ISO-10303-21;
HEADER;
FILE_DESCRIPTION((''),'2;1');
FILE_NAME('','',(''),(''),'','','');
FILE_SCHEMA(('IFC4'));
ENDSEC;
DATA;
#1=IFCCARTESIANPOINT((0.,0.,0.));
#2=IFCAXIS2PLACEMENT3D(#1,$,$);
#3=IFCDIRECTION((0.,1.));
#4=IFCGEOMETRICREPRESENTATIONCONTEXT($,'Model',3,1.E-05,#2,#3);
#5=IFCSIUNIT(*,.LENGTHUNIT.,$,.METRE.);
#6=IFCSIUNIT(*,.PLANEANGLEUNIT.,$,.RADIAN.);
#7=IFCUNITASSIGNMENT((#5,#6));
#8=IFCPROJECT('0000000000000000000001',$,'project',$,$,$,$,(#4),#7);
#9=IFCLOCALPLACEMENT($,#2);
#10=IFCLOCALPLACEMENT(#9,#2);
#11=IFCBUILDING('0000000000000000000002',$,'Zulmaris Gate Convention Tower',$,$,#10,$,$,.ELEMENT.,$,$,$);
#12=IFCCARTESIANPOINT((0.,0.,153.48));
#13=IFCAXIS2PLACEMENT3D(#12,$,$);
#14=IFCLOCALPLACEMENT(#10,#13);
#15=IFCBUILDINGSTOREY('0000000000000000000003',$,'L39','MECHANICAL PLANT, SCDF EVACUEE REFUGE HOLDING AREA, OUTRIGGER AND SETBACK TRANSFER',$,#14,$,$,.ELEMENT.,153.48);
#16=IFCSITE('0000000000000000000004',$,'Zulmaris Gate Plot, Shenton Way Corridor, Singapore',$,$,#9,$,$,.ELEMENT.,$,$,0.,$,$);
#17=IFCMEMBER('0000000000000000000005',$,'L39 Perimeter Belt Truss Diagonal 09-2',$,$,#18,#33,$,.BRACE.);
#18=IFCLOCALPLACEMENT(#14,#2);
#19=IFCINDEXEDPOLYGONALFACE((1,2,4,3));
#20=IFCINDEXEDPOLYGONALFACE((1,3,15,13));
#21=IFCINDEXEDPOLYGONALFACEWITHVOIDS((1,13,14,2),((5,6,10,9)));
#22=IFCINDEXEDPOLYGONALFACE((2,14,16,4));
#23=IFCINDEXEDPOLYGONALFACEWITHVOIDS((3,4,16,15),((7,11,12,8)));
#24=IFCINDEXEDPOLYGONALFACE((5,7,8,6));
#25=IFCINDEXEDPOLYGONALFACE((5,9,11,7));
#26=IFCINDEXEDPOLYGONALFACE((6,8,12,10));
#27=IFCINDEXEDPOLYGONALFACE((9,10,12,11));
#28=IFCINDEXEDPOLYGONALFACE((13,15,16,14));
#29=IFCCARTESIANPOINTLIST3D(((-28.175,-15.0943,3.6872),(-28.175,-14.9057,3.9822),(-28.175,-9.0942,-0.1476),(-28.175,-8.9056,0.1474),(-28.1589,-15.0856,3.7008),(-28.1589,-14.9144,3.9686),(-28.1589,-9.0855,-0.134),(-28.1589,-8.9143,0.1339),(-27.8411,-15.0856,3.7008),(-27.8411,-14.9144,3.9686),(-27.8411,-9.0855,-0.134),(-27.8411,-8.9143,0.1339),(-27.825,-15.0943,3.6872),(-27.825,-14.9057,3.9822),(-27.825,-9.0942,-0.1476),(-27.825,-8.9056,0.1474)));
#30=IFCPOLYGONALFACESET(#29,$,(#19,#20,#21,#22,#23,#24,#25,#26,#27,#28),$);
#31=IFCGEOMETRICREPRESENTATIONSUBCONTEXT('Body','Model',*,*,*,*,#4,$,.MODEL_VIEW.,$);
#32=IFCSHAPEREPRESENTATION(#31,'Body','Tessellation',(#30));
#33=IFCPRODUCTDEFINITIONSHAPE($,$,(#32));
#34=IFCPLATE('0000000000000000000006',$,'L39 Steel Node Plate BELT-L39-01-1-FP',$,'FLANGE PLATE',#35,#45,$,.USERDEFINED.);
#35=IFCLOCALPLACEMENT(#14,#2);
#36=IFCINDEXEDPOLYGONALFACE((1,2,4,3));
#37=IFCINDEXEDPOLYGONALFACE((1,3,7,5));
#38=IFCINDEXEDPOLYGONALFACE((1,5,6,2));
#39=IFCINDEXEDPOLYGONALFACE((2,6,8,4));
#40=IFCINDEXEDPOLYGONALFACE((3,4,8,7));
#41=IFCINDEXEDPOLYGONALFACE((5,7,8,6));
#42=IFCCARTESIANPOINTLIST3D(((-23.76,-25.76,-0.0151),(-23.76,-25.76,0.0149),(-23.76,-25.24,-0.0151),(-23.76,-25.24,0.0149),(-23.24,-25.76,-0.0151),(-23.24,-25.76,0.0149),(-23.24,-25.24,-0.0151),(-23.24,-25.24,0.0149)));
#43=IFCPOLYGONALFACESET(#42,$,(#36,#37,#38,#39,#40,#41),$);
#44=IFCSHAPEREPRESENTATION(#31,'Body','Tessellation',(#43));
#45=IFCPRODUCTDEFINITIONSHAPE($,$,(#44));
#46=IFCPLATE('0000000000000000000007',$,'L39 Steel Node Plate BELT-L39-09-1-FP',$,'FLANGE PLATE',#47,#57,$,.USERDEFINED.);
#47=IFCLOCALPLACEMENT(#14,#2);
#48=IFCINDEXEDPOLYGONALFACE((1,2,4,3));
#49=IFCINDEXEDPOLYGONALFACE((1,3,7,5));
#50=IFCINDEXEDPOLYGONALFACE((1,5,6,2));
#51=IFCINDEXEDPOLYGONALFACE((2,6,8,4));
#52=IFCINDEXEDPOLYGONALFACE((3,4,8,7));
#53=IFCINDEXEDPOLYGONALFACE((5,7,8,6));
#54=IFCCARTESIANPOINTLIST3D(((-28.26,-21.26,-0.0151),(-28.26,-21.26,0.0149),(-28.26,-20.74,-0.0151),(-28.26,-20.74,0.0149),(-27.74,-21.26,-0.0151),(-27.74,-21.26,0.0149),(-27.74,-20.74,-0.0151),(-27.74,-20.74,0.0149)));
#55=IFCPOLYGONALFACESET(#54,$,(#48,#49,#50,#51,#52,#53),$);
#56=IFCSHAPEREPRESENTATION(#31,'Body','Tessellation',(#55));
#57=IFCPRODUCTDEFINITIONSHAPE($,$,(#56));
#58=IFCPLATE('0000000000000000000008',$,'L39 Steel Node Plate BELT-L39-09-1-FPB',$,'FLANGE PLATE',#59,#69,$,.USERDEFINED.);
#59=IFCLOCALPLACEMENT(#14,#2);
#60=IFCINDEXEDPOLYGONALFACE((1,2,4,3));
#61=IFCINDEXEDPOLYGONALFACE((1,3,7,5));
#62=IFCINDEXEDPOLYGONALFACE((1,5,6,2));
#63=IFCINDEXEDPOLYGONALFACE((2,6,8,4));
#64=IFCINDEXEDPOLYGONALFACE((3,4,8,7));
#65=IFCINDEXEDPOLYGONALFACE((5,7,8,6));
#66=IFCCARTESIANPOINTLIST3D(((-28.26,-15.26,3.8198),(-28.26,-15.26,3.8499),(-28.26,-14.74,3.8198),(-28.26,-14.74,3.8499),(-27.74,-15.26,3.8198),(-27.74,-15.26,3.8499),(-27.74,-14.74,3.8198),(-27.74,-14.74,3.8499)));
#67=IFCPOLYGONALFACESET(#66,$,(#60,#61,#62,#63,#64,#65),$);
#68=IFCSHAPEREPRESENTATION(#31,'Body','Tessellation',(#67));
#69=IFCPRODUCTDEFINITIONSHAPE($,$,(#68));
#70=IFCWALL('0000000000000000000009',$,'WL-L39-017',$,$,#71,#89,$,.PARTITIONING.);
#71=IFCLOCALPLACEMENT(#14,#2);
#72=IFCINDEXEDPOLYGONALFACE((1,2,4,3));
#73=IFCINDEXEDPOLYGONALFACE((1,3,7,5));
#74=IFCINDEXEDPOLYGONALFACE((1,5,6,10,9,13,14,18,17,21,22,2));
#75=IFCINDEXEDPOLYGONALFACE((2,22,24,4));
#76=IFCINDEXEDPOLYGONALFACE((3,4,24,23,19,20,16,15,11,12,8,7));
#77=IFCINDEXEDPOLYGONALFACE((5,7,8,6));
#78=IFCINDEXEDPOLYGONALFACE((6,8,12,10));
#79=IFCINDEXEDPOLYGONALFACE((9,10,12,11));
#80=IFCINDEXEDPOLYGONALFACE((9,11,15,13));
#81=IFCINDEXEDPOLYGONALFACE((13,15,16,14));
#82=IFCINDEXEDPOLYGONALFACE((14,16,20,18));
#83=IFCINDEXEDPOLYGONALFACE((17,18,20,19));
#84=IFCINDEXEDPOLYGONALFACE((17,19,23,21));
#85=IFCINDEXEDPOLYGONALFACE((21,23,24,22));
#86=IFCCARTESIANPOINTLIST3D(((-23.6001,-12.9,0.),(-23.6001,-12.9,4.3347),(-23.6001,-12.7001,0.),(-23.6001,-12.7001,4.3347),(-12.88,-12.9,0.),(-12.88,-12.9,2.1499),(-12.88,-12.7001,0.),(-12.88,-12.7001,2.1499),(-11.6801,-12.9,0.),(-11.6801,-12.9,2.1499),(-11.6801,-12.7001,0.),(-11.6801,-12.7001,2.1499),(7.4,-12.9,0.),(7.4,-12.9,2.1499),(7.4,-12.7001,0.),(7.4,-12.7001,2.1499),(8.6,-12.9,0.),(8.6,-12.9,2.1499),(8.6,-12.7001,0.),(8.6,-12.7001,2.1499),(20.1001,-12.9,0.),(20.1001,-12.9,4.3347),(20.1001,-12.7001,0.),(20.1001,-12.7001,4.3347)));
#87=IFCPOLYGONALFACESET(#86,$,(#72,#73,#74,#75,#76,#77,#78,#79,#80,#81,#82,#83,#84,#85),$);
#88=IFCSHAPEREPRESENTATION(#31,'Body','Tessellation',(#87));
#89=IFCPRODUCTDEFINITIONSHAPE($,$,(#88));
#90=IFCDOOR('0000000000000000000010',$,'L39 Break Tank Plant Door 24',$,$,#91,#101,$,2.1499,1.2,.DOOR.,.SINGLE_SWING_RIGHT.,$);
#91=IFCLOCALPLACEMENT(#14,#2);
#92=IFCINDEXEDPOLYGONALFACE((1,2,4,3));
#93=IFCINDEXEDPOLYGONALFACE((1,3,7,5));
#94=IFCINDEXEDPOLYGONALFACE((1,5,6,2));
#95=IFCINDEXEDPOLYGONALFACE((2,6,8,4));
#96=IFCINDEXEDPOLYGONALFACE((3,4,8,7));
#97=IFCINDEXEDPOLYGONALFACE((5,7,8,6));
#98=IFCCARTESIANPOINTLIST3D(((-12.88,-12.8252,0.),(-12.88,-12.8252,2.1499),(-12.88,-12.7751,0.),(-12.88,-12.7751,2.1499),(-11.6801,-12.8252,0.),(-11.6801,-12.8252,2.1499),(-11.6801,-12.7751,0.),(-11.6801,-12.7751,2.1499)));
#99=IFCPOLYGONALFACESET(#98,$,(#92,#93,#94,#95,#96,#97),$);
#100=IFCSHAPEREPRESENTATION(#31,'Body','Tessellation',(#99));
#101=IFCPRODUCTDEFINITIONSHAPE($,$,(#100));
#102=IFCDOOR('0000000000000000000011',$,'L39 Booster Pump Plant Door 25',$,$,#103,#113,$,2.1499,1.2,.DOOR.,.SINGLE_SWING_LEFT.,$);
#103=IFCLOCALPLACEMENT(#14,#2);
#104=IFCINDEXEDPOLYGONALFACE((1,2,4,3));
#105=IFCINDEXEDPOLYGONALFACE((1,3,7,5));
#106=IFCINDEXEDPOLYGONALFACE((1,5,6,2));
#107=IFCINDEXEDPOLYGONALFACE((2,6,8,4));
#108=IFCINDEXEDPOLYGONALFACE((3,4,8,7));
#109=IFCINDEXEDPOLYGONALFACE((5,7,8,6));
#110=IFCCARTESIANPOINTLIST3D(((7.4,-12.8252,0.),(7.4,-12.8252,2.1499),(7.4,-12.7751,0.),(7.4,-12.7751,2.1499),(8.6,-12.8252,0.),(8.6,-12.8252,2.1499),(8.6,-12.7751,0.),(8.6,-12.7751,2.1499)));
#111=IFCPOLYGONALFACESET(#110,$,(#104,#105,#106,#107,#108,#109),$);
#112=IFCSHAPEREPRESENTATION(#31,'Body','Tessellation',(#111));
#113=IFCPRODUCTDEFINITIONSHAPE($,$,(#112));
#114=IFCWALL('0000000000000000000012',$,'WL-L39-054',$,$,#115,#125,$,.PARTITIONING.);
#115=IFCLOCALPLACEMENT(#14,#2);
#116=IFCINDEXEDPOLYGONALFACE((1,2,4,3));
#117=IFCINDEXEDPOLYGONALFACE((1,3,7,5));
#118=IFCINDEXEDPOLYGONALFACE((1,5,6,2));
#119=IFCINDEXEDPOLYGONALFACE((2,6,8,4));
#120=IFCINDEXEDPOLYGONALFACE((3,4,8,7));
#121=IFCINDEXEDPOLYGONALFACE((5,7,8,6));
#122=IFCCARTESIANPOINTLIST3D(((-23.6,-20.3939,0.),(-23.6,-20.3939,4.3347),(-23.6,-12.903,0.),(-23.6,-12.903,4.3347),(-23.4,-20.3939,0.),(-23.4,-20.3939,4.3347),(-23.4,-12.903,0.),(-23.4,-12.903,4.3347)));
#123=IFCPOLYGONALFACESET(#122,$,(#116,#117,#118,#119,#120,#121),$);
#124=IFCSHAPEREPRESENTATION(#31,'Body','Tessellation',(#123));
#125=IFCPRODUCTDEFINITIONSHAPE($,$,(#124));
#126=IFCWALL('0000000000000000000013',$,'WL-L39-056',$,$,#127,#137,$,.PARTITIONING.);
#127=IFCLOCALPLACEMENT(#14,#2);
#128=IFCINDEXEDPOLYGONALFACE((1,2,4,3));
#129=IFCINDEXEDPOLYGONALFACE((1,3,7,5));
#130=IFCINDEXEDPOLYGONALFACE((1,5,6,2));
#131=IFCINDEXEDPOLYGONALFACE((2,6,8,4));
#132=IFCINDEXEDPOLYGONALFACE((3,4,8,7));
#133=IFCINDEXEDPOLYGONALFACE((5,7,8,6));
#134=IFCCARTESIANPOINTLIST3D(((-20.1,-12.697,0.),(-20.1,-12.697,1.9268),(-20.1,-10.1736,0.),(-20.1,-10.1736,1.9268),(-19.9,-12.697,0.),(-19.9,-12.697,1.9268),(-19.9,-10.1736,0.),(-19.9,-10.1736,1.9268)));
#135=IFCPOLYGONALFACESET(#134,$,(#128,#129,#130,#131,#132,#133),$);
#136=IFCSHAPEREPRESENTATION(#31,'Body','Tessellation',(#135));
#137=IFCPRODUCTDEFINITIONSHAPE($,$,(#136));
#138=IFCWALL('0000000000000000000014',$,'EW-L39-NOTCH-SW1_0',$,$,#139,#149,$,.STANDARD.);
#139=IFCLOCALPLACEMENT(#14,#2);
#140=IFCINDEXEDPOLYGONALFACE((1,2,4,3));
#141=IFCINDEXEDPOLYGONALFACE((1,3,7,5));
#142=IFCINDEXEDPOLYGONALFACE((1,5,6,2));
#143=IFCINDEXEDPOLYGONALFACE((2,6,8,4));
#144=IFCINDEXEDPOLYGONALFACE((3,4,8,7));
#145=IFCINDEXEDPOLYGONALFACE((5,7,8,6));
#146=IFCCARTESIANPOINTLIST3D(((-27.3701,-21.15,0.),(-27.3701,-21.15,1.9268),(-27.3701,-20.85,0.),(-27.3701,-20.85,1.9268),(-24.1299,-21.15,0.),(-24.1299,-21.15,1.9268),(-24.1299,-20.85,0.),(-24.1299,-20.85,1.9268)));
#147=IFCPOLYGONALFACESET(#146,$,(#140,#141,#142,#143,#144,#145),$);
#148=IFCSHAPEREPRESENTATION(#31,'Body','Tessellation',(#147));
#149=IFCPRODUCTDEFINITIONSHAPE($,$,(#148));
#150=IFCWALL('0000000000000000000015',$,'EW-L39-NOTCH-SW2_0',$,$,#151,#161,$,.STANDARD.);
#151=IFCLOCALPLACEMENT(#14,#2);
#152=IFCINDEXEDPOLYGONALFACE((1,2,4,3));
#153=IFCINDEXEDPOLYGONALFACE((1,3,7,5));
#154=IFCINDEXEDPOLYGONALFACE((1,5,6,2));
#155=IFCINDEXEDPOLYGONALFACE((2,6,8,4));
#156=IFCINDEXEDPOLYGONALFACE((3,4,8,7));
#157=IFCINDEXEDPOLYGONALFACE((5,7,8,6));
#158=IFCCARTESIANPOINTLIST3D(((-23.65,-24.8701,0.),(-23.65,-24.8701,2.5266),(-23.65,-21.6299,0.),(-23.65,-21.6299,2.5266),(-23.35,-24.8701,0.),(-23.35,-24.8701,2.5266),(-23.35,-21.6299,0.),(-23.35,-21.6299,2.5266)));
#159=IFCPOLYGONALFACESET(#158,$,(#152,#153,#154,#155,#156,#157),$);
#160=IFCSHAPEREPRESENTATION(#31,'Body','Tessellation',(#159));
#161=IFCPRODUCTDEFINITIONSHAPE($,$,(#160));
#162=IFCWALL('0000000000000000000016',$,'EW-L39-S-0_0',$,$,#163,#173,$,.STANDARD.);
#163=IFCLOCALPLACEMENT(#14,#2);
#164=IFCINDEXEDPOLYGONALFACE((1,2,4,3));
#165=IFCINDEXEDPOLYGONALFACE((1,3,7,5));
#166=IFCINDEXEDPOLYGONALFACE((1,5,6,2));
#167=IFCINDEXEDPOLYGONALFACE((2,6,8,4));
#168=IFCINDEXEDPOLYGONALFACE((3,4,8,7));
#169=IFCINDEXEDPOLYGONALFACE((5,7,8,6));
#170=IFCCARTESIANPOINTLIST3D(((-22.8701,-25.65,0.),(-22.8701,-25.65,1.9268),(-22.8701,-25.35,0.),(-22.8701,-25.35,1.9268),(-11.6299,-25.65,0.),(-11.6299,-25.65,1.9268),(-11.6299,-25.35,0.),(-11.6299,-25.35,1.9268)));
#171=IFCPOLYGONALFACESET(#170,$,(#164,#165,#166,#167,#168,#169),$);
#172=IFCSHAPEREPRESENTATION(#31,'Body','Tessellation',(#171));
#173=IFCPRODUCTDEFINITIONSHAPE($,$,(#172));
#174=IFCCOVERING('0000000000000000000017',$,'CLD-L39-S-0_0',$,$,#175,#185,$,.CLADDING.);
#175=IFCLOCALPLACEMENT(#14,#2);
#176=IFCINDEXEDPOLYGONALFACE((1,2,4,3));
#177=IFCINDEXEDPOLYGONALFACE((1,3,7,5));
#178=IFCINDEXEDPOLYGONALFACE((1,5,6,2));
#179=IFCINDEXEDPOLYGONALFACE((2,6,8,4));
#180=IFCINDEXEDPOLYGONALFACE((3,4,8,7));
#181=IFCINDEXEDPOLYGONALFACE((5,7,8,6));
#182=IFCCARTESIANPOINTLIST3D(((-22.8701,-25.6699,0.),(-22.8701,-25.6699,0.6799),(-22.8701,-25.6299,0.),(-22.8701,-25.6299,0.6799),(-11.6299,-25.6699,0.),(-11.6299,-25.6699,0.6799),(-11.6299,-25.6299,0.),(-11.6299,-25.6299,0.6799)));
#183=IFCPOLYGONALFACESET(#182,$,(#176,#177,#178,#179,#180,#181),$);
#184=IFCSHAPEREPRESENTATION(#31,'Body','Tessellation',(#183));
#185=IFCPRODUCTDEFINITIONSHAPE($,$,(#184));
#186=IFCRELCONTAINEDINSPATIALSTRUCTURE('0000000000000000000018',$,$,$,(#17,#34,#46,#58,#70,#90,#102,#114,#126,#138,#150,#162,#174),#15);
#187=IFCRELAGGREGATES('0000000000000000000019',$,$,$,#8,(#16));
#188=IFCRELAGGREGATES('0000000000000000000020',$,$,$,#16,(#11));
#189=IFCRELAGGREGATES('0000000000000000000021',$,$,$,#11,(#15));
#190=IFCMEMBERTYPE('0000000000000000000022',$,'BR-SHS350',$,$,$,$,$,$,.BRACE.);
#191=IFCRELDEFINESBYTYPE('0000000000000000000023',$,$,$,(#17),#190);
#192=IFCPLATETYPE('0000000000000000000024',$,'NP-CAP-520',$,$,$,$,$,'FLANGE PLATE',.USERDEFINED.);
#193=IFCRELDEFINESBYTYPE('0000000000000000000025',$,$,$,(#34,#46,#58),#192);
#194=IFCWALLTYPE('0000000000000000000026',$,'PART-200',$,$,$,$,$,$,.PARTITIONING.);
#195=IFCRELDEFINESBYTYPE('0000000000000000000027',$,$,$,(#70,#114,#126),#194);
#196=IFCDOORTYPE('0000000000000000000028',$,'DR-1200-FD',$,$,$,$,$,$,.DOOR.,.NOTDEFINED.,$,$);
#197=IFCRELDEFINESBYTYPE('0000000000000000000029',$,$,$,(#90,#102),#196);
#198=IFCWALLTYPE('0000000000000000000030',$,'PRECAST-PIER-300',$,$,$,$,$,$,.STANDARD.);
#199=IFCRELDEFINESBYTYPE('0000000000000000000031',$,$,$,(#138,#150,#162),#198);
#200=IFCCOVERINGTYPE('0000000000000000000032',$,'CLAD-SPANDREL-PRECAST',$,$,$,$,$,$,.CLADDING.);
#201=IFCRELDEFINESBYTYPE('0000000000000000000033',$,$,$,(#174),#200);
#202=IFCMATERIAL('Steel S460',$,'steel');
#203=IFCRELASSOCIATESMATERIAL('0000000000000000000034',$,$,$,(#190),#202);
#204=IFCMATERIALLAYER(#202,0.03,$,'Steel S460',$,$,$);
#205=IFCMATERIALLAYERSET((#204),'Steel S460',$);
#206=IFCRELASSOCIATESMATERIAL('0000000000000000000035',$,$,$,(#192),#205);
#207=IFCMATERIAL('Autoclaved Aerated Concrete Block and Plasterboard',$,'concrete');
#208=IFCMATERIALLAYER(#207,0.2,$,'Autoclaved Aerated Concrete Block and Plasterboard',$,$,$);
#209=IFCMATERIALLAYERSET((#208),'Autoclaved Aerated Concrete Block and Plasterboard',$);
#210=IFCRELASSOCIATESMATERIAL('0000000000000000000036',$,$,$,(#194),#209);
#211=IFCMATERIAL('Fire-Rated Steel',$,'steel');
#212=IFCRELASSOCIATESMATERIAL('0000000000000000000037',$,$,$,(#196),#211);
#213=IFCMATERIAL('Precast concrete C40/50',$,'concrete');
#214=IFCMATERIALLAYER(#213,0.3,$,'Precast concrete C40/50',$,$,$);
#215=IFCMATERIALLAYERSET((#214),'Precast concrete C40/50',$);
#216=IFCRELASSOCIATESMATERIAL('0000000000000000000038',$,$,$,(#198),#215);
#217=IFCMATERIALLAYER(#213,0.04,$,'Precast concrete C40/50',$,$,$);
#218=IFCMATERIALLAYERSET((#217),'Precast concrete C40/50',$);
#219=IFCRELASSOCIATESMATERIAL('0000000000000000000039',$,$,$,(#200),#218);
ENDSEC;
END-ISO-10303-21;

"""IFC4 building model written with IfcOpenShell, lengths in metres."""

from ifc_helpers import new_model, si_unit, direction, frame, frame_2d, origin, origin_2d, place, context, subcontext, project, spatial, rectangle, hollow_rectangle, extrude, material, layer, layer_set, material_profile, profile_set, type_object, element, fill, save


model = new_model("IFC4")

# Units and contexts
model_context = context("Model", 3, precision=1e-05, world=origin(), true_north=direction((0.0, 1.0)))
body_context = subcontext(model_context, "Body", "Model", "MODEL_VIEW")
ifc_project = project(units=[si_unit("LENGTHUNIT", "METRE"), si_unit("PLANEANGLEUNIT", "RADIAN")], contexts=[model_context])

# Site, building, storey
site_placement = place(None, origin())
site = spatial("IfcSite", under=ifc_project, at=site_placement, Name="Zulmaris Gate Plot, Shenton Way Corridor, Singapore", CompositionType="ELEMENT", RefElevation=0.0)
building_placement = place(site_placement, origin())
building = spatial("IfcBuilding", under=site, at=building_placement, Name="Zulmaris Gate Convention Tower", CompositionType="ELEMENT")
storey_placement = place(building_placement, frame((0.0, 0.0, 153.48)))
storey = spatial("IfcBuildingStorey", under=building, at=storey_placement, Name="L39", Description="MECHANICAL PLANT, SCDF EVACUEE REFUGE HOLDING AREA, OUTRIGGER AND SETBACK TRANSFER", CompositionType="ELEMENT", Elevation=153.48)

# Member
ifc_material_1 = material(Name="Steel S460", Category="steel")
ifc_material_profile_1 = material_profile(ifc_material_1, hollow_rectangle(XDim=0.3501, YDim=0.3501, WallThickness=0.0161, at=origin_2d()), Name="SHS 350x350x16")
ifc_profile_set_1 = profile_set([ifc_material_profile_1], Name="Steel S460")
member_type = type_object("IfcMemberType", Name="BR-SHS350", PredefinedType="BRACE", material=ifc_profile_set_1)
for number, where, z_axis, x_axis, name in (
    (1, (-28.0, -15.0, 3.8347), (0.0, 0.842608, -0.538527), (-1.0, 0.0, 0.0), "L39 Perimeter Belt Truss Diagonal 09-2"),
):
    element("IfcMember", number, at=place(storey_placement, frame(where, z_axis=z_axis, x_axis=x_axis)), inside=storey, type_object=member_type, Name=name, PredefinedType="BRACE", context=body_context, shape_type="SweptSolid", body=[
        extrude(hollow_rectangle(XDim=0.3501, YDim=0.3501, WallThickness=0.0161, at=origin_2d()), origin(), (0.0, 0.0, 1.0), 7.1208),
    ])

# Plates
ifc_layer_1 = layer(ifc_material_1, 0.03, Name="Steel S460")
ifc_layer_set_1 = layer_set([ifc_layer_1], Name="Steel S460")
plate_type = type_object("IfcPlateType", Name="NP-CAP-520", ElementType="FLANGE PLATE", PredefinedType="USERDEFINED", material=ifc_layer_set_1)
for number, where, z_axis, x_axis, name in (
    (2, (-23.5, -25.5, -0.0151), (0.0, 0.0, 1.0), (1.0, 0.0, 0.0), "L39 Steel Node Plate BELT-L39-01-1-FP"),
    (3, (-28.0, -21.0, -0.0151), (0.0, 0.0, 1.0), (1.0, 0.0, 0.0), "L39 Steel Node Plate BELT-L39-09-1-FP"),
    (4, (-28.0, -15.0, 3.8198), (0.0, 0.0, 1.0), (1.0, 0.0, 0.0), "L39 Steel Node Plate BELT-L39-09-1-FPB"),
):
    element("IfcPlate", number, at=place(storey_placement, frame(where, z_axis=z_axis, x_axis=x_axis)), inside=storey, type_object=plate_type, Name=name, ObjectType="FLANGE PLATE", PredefinedType="USERDEFINED", context=body_context, shape_type="SweptSolid", body=[
        extrude(rectangle(XDim=0.52, YDim=0.52, at=origin_2d()), origin(), (0.0, 0.0, 1.0), 0.03),
    ])

# Wall, openings, doors
ifc_material_2 = material(Name="Autoclaved Aerated Concrete Block and Plasterboard", Category="concrete")
ifc_layer_2 = layer(ifc_material_2, 0.2, Name="Autoclaved Aerated Concrete Block and Plasterboard")
ifc_layer_set_2 = layer_set([ifc_layer_2], Name="Autoclaved Aerated Concrete Block and Plasterboard")
wall_type_1 = type_object("IfcWallType", Name="PART-200", PredefinedType="PARTITIONING", material=ifc_layer_set_2)
wall_1_placement = place(storey_placement, frame((-23.6001, -12.8, 0.0), z_axis=(0.0, 0.0, 1.0), x_axis=(1.0, 0.0, 0.0)))
wall_1 = element("IfcWall", 5, at=wall_1_placement, inside=storey, type_object=wall_type_1, Name="WL-L39-017", PredefinedType="PARTITIONING", context=body_context, shape_type="SweptSolid", body=[
    extrude(rectangle(XDim=43.7002, YDim=0.2, at=frame_2d((21.8501, 0.0))), origin(), (0.0, 0.0, 1.0), 4.3347),
])
opening_1_placement = place(wall_1_placement, frame((10.72, 0.0, 0.0)))
opening_1 = element("IfcOpeningElement", 6, at=opening_1_placement, cuts=wall_1, PredefinedType="OPENING", context=body_context, shape_type="SweptSolid", body=[
    extrude(rectangle(XDim=1.2, YDim=2.1499, at=frame_2d((0.6001, 1.075))), frame((0.0, 0.1099, 0.0), z_axis=(0.0, -1.0, 0.0), x_axis=(1.0, 0.0, 0.0)), (0.0, 0.0, 1.0), 0.22),
])
opening_2_placement = place(wall_1_placement, frame((31.0, 0.0, 0.0)))
opening_2 = element("IfcOpeningElement", 7, at=opening_2_placement, cuts=wall_1, PredefinedType="OPENING", context=body_context, shape_type="SweptSolid", body=[
    extrude(rectangle(XDim=1.2, YDim=2.1499, at=frame_2d((0.6001, 1.075))), frame((0.0, 0.1099, 0.0), z_axis=(0.0, -1.0, 0.0), x_axis=(1.0, 0.0, 0.0)), (0.0, 0.0, 1.0), 0.22),
])
ifc_material_3 = material(Name="Fire-Rated Steel", Category="steel")
door_type = type_object("IfcDoorType", Name="DR-1200-FD", OperationType="NOTDEFINED", PredefinedType="DOOR", material=ifc_material_3)
door_1_placement = place(opening_1_placement, origin())
door_1 = element("IfcDoor", 8, at=door_1_placement, inside=storey, type_object=door_type, Name="L39 Break Tank Plant Door 24", OperationType="SINGLE_SWING_RIGHT", OverallHeight=2.1499, OverallWidth=1.2, PredefinedType="DOOR", context=body_context, shape_type="SweptSolid", body=[
    extrude(rectangle(XDim=1.2, YDim=2.1499, at=frame_2d((0.6001, 1.075))), frame((0.0, 0.0249, 0.0), z_axis=(0.0, -1.0, 0.0), x_axis=(1.0, 0.0, 0.0)), (0.0, 0.0, 1.0), 0.05),
])
fill(opening_1, door_1)
door_2_placement = place(opening_2_placement, origin())
door_2 = element("IfcDoor", 9, at=door_2_placement, inside=storey, type_object=door_type, Name="L39 Booster Pump Plant Door 25", OperationType="SINGLE_SWING_LEFT", OverallHeight=2.1499, OverallWidth=1.2, PredefinedType="DOOR", context=body_context, shape_type="SweptSolid", body=[
    extrude(rectangle(XDim=1.2, YDim=2.1499, at=frame_2d((0.6001, 1.075))), frame((0.0, 0.0249, 0.0), z_axis=(0.0, -1.0, 0.0), x_axis=(1.0, 0.0, 0.0)), (0.0, 0.0, 1.0), 0.05),
])
fill(opening_2, door_2)

# Walls
wall_2_placement = place(storey_placement, frame((-23.5, -20.394, 0.0), z_axis=(0.0, 0.0, 1.0), x_axis=(0.0, 1.0, 0.0)))
element("IfcWall", 10, at=wall_2_placement, inside=storey, type_object=wall_type_1, Name="WL-L39-054", PredefinedType="PARTITIONING", context=body_context, shape_type="SweptSolid", body=[
    extrude(rectangle(XDim=7.491, YDim=0.2, at=frame_2d((3.7456, 0.0))), origin(), (0.0, 0.0, 1.0), 4.3347),
])
wall_3_placement = place(storey_placement, frame((-20.0, -12.697, 0.0), z_axis=(0.0, 0.0, 1.0), x_axis=(0.0, 1.0, 0.0)))
element("IfcWall", 11, at=wall_3_placement, inside=storey, type_object=wall_type_1, Name="WL-L39-056", PredefinedType="PARTITIONING", context=body_context, shape_type="SweptSolid", body=[
    extrude(rectangle(XDim=2.5234, YDim=0.2, at=frame_2d((1.2617, 0.0))), origin(), (0.0, 0.0, 1.0), 1.9268),
])
ifc_material_4 = material(Name="Precast concrete C40/50", Category="concrete")
ifc_layer_3 = layer(ifc_material_4, 0.3, Name="Precast concrete C40/50")
ifc_layer_set_3 = layer_set([ifc_layer_3], Name="Precast concrete C40/50")
wall_type_2 = type_object("IfcWallType", Name="PRECAST-PIER-300", PredefinedType="STANDARD", material=ifc_layer_set_3)
wall_4_placement = place(storey_placement, frame((-27.3701, -21.0, 0.0), z_axis=(0.0, 0.0, 1.0), x_axis=(1.0, 0.0, 0.0)))
element("IfcWall", 12, at=wall_4_placement, inside=storey, type_object=wall_type_2, Name="EW-L39-NOTCH-SW1_0", PredefinedType="STANDARD", context=body_context, shape_type="SweptSolid", body=[
    extrude(rectangle(XDim=3.2402, YDim=0.3, at=frame_2d((1.6201, 0.0))), origin(), (0.0, 0.0, 1.0), 1.9268),
])
wall_5_placement = place(storey_placement, frame((-23.5, -21.6299, 0.0), z_axis=(0.0, 0.0, 1.0), x_axis=(0.0, -1.0, 0.0)))
element("IfcWall", 13, at=wall_5_placement, inside=storey, type_object=wall_type_2, Name="EW-L39-NOTCH-SW2_0", PredefinedType="STANDARD", context=body_context, shape_type="SweptSolid", body=[
    extrude(rectangle(XDim=3.2402, YDim=0.3, at=frame_2d((1.6201, 0.0))), origin(), (0.0, 0.0, 1.0), 2.5266),
])
wall_6_placement = place(storey_placement, frame((-22.8701, -25.5, 0.0), z_axis=(0.0, 0.0, 1.0), x_axis=(1.0, 0.0, 0.0)))
element("IfcWall", 14, at=wall_6_placement, inside=storey, type_object=wall_type_2, Name="EW-L39-S-0_0", PredefinedType="STANDARD", context=body_context, shape_type="SweptSolid", body=[
    extrude(rectangle(XDim=11.2402, YDim=0.3, at=frame_2d((5.6201, 0.0))), origin(), (0.0, 0.0, 1.0), 1.9268),
])

# Covering
ifc_layer_4 = layer(ifc_material_4, 0.04, Name="Precast concrete C40/50")
ifc_layer_set_4 = layer_set([ifc_layer_4], Name="Precast concrete C40/50")
covering_type = type_object("IfcCoveringType", Name="CLAD-SPANDREL-PRECAST", PredefinedType="CLADDING", material=ifc_layer_set_4)
covering_placement = place(storey_placement, frame((-22.8701, -25.6499, 0.0), z_axis=(0.0, 0.0, 1.0), x_axis=(1.0, 0.0, 0.0)))
element("IfcCovering", 15, at=covering_placement, inside=storey, type_object=covering_type, Name="CLD-L39-S-0_0", PredefinedType="CLADDING", context=body_context, shape_type="SweptSolid", body=[
    extrude(rectangle(XDim=11.2402, YDim=0.04, at=frame_2d((5.6201, 0.0))), origin(), (0.0, 0.0, 1.0), 0.6799),
])

save(model, "model.ifc")
